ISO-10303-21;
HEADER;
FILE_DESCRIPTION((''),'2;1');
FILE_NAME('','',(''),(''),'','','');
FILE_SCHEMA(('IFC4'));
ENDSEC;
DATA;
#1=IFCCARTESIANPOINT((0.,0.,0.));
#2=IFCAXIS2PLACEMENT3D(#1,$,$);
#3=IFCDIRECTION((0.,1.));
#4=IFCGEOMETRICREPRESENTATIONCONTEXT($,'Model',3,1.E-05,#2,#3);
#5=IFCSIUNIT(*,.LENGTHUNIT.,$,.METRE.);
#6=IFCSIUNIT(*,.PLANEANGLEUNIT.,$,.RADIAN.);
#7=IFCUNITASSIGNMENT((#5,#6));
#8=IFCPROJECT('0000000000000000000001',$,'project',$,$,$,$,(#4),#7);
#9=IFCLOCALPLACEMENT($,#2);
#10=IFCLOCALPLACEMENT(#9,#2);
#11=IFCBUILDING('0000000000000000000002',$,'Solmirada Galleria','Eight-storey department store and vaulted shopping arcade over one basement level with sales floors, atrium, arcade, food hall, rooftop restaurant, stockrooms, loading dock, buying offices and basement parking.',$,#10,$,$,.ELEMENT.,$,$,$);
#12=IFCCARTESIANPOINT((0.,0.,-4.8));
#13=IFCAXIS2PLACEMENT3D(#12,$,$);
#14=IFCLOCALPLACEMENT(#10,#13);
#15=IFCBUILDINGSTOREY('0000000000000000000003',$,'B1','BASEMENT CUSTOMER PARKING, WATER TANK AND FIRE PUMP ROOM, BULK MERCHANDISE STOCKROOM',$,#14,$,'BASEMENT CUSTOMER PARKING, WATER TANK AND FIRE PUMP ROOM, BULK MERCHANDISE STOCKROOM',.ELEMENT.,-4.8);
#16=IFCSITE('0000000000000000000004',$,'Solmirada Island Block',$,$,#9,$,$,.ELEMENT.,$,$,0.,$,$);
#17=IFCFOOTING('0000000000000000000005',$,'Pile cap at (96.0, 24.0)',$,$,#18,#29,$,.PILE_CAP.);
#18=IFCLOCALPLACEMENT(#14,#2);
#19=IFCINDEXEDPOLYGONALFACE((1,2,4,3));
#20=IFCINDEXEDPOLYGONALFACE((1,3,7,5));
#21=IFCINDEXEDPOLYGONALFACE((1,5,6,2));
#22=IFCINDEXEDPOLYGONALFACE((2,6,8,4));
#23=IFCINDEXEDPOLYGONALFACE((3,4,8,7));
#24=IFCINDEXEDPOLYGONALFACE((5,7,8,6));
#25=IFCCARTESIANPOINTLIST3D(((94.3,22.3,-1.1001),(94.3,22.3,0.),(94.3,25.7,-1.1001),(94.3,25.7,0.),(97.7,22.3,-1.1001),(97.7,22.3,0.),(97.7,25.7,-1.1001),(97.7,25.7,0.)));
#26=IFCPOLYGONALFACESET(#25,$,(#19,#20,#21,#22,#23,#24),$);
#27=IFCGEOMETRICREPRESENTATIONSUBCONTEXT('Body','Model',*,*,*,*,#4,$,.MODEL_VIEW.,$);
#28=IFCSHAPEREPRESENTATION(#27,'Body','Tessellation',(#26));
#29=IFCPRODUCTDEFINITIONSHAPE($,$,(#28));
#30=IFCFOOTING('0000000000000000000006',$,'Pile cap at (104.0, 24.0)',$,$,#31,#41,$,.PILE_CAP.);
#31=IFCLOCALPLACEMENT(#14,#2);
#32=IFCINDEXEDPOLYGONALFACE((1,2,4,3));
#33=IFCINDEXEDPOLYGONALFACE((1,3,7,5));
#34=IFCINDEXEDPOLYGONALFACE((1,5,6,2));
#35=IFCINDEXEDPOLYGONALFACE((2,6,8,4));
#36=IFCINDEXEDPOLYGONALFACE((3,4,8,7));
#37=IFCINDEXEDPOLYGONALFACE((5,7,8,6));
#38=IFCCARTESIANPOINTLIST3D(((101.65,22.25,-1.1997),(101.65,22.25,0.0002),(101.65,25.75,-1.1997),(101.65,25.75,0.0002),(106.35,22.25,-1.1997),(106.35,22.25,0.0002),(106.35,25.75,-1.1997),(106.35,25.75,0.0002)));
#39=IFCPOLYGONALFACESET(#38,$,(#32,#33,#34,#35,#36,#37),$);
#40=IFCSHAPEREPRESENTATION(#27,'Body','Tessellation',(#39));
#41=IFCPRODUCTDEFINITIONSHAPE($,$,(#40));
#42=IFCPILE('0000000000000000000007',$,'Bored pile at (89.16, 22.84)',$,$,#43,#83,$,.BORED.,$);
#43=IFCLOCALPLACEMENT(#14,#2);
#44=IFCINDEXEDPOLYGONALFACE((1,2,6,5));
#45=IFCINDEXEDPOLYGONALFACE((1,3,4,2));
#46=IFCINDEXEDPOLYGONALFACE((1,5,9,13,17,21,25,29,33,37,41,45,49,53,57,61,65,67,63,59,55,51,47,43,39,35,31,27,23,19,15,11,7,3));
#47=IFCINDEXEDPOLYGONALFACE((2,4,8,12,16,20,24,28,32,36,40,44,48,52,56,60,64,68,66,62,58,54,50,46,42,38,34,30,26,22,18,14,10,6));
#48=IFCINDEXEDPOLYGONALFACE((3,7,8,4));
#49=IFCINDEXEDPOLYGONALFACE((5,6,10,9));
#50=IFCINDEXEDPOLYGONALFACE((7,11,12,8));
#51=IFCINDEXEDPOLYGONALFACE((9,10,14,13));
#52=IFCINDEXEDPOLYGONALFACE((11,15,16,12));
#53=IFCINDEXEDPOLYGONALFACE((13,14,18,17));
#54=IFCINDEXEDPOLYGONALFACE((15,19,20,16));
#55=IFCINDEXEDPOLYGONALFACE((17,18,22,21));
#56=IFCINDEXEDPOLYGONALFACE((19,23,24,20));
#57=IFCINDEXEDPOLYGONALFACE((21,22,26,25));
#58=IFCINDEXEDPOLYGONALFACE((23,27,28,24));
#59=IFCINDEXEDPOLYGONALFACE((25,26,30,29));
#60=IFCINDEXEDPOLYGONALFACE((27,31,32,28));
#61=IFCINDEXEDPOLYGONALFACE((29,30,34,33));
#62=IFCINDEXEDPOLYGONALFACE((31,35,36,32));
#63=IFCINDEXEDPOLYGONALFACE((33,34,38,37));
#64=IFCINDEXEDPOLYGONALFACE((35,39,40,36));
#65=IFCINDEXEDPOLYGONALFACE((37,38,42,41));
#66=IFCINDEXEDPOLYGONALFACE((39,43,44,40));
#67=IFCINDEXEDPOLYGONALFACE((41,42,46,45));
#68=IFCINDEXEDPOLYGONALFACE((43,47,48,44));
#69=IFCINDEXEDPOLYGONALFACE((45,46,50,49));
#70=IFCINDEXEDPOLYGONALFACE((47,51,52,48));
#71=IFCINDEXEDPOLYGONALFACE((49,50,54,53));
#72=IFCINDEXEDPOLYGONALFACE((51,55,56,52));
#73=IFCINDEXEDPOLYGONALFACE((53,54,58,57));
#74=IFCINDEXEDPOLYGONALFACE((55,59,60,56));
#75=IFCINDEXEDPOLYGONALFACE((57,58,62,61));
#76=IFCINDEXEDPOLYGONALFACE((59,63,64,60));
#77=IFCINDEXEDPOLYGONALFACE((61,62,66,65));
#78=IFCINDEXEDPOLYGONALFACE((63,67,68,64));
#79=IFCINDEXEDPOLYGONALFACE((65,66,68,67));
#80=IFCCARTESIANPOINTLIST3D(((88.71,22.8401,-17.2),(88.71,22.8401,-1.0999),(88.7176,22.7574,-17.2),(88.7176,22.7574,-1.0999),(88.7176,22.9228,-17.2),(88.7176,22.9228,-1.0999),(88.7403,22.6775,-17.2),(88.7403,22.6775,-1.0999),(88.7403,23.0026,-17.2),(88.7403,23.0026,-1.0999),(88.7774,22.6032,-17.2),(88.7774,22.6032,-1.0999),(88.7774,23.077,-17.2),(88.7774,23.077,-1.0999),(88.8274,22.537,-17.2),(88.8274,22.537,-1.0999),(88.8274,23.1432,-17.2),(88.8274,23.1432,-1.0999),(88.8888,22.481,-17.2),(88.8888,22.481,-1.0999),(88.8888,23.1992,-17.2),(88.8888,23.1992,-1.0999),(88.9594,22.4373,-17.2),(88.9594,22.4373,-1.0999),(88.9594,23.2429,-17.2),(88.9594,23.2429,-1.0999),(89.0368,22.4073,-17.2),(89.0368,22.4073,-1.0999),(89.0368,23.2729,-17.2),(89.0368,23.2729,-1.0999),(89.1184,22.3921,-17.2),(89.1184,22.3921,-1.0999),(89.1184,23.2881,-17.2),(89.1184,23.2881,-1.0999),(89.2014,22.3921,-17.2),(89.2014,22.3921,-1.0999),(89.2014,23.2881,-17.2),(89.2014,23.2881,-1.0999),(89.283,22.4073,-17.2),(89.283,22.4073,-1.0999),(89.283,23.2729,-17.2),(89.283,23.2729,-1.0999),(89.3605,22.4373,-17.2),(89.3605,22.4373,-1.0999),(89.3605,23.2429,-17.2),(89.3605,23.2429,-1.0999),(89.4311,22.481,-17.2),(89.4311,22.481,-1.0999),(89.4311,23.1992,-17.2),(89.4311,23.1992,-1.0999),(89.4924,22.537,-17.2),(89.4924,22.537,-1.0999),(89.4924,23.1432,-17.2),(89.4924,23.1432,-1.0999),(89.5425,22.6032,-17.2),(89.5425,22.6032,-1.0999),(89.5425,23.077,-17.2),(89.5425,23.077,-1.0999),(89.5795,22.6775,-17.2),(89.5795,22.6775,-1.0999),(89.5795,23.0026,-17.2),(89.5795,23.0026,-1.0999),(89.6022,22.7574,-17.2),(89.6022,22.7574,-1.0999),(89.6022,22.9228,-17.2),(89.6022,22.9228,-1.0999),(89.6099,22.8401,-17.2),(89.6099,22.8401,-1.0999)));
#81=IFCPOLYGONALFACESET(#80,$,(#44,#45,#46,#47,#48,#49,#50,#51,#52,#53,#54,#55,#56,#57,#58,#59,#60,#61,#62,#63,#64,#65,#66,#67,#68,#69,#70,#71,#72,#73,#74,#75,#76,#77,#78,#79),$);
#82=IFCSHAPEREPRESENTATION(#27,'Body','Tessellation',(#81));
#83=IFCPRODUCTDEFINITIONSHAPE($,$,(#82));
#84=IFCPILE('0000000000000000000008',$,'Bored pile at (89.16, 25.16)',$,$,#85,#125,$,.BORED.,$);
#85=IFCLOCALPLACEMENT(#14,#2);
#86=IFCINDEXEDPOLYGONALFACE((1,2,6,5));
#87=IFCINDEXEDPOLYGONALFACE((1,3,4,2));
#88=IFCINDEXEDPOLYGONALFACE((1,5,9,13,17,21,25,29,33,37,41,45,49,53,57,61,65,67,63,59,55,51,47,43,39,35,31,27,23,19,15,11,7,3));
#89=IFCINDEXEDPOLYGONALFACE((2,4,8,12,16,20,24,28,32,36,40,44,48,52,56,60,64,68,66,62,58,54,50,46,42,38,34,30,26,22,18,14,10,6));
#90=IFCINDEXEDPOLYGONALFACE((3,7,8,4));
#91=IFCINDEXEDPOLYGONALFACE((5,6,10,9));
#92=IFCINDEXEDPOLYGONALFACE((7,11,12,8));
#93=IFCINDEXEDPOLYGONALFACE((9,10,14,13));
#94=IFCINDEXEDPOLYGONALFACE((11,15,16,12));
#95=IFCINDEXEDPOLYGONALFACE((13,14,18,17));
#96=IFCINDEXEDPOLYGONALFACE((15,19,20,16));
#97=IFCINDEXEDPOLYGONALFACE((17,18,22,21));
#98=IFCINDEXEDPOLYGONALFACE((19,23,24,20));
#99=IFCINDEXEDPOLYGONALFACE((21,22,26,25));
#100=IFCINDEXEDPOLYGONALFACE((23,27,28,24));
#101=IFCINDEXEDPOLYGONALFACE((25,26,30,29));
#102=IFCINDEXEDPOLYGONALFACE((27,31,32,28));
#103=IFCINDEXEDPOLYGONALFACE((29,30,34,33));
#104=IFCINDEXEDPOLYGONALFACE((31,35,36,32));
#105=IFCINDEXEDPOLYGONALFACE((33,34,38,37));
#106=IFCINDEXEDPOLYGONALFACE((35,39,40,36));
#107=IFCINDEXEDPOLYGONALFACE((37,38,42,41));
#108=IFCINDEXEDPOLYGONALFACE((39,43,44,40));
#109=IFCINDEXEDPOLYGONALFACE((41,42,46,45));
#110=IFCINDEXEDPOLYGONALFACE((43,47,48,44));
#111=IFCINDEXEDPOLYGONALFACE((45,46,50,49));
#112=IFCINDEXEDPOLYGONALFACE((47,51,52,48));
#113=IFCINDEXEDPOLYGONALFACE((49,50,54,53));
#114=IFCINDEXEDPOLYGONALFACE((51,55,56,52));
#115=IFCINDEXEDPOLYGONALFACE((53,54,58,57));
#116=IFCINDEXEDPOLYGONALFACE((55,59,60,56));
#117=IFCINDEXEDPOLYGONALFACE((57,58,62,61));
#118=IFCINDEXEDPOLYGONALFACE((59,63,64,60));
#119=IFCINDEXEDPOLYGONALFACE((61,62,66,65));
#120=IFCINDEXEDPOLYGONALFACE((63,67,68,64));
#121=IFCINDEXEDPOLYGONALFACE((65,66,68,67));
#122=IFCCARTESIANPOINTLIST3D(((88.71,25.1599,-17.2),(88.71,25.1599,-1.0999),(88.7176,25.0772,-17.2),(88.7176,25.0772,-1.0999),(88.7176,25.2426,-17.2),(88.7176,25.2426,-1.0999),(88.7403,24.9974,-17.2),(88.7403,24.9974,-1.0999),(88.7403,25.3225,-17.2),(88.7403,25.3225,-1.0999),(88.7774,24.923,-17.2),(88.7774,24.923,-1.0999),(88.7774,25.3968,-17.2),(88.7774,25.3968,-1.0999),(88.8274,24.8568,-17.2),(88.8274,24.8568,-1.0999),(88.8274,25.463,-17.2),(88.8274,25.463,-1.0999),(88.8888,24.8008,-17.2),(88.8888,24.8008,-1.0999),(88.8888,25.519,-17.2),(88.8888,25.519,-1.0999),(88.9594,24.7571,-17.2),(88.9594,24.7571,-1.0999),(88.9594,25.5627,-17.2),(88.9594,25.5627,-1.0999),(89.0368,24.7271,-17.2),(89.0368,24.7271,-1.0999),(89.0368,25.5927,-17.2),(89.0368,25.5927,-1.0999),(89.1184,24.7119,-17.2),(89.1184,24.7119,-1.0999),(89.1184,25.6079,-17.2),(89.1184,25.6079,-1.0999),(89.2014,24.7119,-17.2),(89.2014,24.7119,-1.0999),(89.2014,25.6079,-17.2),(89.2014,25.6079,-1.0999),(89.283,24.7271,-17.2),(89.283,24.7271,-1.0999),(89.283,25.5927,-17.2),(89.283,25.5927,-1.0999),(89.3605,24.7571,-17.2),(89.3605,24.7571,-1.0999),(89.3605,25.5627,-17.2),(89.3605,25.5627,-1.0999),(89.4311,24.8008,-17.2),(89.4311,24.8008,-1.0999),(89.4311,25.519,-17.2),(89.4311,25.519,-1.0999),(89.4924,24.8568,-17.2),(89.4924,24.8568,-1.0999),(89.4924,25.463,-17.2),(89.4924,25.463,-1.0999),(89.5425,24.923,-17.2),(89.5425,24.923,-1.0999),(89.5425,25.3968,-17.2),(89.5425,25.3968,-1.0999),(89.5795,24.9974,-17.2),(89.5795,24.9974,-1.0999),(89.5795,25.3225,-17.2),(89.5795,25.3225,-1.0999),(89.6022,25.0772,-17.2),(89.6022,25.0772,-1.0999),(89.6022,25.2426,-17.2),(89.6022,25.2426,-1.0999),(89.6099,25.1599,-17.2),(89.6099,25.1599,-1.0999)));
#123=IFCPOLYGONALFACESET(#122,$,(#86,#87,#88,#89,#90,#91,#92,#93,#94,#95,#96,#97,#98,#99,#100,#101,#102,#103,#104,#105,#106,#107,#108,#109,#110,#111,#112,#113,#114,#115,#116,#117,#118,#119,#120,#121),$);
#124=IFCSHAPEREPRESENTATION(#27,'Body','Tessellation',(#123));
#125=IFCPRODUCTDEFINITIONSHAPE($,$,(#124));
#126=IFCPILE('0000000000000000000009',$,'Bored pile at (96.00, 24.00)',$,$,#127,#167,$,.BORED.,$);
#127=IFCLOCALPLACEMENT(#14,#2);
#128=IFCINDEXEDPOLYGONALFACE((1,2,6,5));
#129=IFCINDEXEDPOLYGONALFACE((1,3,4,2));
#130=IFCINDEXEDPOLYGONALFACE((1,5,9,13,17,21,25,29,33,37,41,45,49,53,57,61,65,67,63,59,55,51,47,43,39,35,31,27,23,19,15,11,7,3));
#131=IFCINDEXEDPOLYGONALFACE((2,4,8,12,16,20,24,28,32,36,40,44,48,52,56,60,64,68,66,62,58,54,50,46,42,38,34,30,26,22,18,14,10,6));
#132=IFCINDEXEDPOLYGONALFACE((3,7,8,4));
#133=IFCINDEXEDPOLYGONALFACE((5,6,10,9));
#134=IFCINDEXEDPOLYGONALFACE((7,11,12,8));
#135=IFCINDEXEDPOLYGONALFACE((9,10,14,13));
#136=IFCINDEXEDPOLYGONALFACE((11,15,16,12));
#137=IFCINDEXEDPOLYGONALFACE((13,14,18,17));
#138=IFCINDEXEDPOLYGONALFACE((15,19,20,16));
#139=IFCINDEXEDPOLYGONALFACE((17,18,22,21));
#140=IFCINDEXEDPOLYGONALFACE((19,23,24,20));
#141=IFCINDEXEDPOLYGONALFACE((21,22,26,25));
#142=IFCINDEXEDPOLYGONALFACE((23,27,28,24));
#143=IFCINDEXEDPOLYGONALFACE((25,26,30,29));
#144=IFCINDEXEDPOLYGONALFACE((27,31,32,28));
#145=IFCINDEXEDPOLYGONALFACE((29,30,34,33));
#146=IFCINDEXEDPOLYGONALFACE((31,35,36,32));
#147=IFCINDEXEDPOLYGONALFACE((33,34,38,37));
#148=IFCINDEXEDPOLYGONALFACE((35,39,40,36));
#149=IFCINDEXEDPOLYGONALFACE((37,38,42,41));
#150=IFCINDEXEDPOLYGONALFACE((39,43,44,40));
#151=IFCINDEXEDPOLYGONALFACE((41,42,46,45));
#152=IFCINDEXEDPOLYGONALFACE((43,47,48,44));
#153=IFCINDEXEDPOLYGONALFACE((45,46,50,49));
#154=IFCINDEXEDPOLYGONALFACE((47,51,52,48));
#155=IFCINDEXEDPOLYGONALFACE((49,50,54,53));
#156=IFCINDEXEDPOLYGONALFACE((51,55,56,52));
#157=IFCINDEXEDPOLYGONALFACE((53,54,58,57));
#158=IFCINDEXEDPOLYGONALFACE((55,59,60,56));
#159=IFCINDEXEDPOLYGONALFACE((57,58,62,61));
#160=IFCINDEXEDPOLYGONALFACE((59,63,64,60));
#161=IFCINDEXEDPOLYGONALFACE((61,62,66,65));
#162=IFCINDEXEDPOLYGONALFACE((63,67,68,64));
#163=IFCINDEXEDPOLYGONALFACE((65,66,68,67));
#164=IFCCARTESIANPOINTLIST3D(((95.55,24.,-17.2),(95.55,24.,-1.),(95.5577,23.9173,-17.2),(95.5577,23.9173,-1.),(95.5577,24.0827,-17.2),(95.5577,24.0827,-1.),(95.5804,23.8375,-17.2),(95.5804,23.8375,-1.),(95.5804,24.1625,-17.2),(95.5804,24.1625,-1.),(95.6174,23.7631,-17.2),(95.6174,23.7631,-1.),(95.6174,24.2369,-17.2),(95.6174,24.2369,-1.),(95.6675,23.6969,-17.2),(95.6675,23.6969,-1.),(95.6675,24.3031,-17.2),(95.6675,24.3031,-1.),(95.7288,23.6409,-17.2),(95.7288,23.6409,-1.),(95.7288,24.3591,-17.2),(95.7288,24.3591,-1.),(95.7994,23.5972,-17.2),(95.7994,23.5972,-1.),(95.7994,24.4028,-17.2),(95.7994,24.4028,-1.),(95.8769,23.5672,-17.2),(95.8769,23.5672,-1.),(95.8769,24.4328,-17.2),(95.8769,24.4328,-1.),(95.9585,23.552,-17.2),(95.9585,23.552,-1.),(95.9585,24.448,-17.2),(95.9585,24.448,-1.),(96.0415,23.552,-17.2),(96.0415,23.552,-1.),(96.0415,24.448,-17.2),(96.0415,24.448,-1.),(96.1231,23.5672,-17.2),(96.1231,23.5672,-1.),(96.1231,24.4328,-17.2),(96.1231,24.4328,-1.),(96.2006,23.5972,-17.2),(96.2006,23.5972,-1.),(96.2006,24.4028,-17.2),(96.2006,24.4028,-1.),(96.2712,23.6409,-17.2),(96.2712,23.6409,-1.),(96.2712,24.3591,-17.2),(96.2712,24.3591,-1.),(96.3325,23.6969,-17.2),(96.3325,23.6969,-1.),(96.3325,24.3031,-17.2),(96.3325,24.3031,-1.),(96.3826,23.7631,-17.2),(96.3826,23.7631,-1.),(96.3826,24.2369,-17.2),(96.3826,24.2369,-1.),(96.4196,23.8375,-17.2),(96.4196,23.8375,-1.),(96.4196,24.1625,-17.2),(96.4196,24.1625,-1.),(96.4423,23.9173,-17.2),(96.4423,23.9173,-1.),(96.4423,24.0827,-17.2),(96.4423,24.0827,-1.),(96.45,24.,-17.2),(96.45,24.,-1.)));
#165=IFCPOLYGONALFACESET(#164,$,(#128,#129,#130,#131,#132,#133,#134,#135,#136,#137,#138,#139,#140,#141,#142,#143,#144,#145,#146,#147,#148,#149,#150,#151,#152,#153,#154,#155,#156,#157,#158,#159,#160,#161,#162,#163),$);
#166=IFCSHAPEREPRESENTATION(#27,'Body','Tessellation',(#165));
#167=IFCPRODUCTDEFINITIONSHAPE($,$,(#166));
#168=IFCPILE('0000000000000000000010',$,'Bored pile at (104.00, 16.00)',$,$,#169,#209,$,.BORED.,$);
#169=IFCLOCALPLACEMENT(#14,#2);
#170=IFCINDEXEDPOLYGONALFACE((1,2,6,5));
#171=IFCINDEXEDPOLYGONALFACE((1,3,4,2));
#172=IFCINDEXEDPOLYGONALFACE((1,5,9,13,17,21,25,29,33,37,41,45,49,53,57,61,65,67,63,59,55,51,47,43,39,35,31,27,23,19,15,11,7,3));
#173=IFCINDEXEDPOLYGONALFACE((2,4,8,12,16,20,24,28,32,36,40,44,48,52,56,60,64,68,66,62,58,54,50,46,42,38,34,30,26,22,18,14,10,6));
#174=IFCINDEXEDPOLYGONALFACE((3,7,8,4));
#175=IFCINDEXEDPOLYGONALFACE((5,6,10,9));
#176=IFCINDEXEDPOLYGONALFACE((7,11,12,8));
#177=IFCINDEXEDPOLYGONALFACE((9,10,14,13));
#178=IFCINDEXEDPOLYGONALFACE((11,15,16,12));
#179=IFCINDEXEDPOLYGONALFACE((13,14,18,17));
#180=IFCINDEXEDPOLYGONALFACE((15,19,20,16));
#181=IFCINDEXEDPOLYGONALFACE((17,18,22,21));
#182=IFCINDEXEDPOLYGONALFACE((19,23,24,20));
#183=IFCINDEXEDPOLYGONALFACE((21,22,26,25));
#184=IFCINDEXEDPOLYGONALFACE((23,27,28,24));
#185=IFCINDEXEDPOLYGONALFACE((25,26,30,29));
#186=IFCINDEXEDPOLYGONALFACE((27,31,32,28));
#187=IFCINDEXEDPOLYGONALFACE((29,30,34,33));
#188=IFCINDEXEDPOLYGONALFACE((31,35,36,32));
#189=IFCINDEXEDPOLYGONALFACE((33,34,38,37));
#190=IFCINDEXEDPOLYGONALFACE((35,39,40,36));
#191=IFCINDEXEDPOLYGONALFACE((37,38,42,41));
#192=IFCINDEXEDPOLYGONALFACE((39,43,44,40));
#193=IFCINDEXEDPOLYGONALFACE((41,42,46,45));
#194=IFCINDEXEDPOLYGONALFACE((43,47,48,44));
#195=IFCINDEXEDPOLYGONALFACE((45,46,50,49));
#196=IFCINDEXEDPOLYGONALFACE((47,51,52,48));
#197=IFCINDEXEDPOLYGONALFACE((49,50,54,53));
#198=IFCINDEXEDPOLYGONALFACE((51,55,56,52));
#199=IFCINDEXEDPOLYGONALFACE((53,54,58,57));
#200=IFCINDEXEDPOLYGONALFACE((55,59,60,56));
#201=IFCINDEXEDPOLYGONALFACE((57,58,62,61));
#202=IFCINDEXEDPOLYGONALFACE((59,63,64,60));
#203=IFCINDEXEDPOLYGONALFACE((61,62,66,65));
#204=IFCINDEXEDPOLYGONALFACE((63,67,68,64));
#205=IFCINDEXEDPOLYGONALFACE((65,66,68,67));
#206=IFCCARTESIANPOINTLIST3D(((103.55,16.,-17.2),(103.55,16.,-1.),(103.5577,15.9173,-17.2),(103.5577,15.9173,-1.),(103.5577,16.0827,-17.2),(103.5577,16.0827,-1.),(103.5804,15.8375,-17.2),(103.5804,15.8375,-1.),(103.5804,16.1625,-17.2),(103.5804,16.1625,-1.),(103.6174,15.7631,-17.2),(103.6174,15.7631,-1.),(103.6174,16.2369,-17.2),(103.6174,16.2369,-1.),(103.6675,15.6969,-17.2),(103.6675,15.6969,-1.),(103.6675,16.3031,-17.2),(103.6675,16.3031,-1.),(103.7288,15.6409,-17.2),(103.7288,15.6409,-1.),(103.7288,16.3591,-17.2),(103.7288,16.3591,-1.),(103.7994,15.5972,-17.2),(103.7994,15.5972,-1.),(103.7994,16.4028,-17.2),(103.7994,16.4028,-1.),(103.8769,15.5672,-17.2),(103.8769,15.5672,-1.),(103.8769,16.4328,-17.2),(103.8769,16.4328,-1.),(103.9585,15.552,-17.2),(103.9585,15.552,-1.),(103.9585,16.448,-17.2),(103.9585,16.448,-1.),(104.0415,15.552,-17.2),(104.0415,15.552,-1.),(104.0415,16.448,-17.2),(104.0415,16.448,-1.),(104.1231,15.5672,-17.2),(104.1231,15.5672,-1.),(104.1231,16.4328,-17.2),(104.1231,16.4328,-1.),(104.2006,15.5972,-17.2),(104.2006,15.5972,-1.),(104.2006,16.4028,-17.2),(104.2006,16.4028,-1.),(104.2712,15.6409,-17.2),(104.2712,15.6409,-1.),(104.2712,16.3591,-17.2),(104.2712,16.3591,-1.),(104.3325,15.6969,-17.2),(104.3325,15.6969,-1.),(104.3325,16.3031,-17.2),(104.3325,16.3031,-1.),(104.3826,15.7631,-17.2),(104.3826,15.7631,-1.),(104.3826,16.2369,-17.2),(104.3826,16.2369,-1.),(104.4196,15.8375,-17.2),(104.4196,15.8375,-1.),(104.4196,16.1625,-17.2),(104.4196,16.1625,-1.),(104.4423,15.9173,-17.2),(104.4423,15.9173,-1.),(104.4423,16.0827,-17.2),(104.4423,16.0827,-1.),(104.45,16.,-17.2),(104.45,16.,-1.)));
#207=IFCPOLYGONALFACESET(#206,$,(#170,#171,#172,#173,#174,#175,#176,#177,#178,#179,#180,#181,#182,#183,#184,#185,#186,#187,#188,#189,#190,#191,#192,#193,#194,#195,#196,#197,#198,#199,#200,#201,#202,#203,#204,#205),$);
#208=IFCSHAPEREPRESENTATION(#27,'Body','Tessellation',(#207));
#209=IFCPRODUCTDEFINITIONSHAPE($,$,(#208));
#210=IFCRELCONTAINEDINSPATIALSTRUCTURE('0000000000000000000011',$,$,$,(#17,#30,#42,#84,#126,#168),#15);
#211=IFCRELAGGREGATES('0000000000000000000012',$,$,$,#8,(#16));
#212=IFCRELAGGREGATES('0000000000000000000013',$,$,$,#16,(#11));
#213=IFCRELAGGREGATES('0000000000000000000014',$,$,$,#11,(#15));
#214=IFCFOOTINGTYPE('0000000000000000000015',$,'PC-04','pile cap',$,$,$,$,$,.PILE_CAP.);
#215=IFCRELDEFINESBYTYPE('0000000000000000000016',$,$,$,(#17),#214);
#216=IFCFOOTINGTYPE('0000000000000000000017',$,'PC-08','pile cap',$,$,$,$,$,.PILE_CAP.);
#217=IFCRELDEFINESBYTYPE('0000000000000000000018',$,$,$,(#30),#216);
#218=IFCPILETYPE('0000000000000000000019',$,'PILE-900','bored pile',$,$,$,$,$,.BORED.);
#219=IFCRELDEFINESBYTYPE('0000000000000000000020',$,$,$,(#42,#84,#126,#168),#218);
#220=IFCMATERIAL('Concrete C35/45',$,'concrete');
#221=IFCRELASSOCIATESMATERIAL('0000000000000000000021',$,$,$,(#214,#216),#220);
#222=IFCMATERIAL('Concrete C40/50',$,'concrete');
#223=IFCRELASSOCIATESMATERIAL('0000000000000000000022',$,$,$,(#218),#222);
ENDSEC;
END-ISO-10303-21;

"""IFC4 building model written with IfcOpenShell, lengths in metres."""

from ifc_helpers import new_model, si_unit, direction, frame, origin, origin_2d, place, context, subcontext, project, spatial, rectangle, circle, extrude, material, material_profile, profile_set, type_object, element, save


model = new_model("IFC4")

# Units and contexts
model_context = context("Model", 3, precision=1e-05, world=origin(), true_north=direction((0.0, 1.0)))
body_context = subcontext(model_context, "Body", "Model", "MODEL_VIEW")
ifc_project = project(units=[si_unit("LENGTHUNIT", "METRE"), si_unit("PLANEANGLEUNIT", "RADIAN")], contexts=[model_context])

# Site, building, storey
site_placement = place(None, origin())
site = spatial("IfcSite", under=ifc_project, at=site_placement, Name="Solmirada Island Block", CompositionType="ELEMENT", RefElevation=0.0)
building_placement = place(site_placement, origin())
building = spatial("IfcBuilding", under=site, at=building_placement, Name="Solmirada Galleria", Description="Eight-storey department store and vaulted shopping arcade over one basement level with sales floors, atrium, arcade, food hall, rooftop restaurant, stockrooms, loading dock, buying offices and basement parking.", CompositionType="ELEMENT")
storey_placement = place(building_placement, frame((0.0, 0.0, -4.8)))
storey = spatial("IfcBuildingStorey", under=building, at=storey_placement, Name="B1", Description="BASEMENT CUSTOMER PARKING, WATER TANK AND FIRE PUMP ROOM, BULK MERCHANDISE STOCKROOM", LongName="BASEMENT CUSTOMER PARKING, WATER TANK AND FIRE PUMP ROOM, BULK MERCHANDISE STOCKROOM", CompositionType="ELEMENT", Elevation=-4.8)

# Footings
ifc_material_1 = material(Name="Concrete C35/45", Category="concrete")
footing_type_1 = type_object("IfcFootingType", Name="PC-04", Description="pile cap", PredefinedType="PILE_CAP", material=ifc_material_1)
footing_1_placement = place(storey_placement, frame((96.0, 24.0, -1.1001), z_axis=(0.0, 0.0, 1.0), x_axis=(1.0, 0.0, 0.0)))
element("IfcFooting", 1, at=footing_1_placement, inside=storey, type_object=footing_type_1, Name="Pile cap at (96.0, 24.0)", PredefinedType="PILE_CAP", context=body_context, shape_type="SweptSolid", body=[
    extrude(rectangle(XDim=3.3999, YDim=3.3999, at=origin_2d()), origin(), (0.0, 0.0, 1.0), 1.1001),
])
footing_type_2 = type_object("IfcFootingType", Name="PC-08", Description="pile cap", PredefinedType="PILE_CAP", material=ifc_material_1)
footing_2_placement = place(storey_placement, frame((104.0, 24.0, -1.1997), z_axis=(0.0, 0.0, 1.0), x_axis=(1.0, 0.0, 0.0)))
element("IfcFooting", 2, at=footing_2_placement, inside=storey, type_object=footing_type_2, Name="Pile cap at (104.0, 24.0)", PredefinedType="PILE_CAP", context=body_context, shape_type="SweptSolid", body=[
    extrude(rectangle(XDim=4.7, YDim=3.5, at=origin_2d()), origin(), (0.0, 0.0, 1.0), 1.2),
])

# Piles
ifc_material_2 = material(Name="Concrete C40/50", Category="concrete")
ifc_material_profile_1 = material_profile(ifc_material_2, circle(Radius=0.45, at=origin_2d()), Name="PILE900")
ifc_profile_set_1 = profile_set([ifc_material_profile_1], Name="Concrete C40/50")
pile_type = type_object("IfcPileType", Name="PILE-900", Description="bored pile", PredefinedType="BORED", material=ifc_profile_set_1)
for number, where, z_axis, x_axis, name in (
    (3, (89.1599, 22.8401, -1.0999), (0.0, 0.0, -1.0), (1.0, 0.0, 0.0), "Bored pile at (89.16, 22.84)"),
    (4, (89.1599, 25.1599, -1.0999), (0.0, 0.0, -1.0), (1.0, 0.0, 0.0), "Bored pile at (89.16, 25.16)"),
):
    element("IfcPile", number, at=place(storey_placement, frame(where, z_axis=z_axis, x_axis=x_axis)), inside=storey, type_object=pile_type, Name=name, PredefinedType="BORED", context=body_context, shape_type="SweptSolid", body=[
        extrude(circle(Radius=0.45, at=origin_2d()), origin(), (0.0, 0.0, 1.0), 16.1001),
    ])
for number, where, z_axis, x_axis, name in (
    (5, (96.0, 24.0, -1.0), (0.0, 0.0, -1.0), (1.0, 0.0, 0.0), "Bored pile at (96.00, 24.00)"),
    (6, (104.0, 16.0, -1.0), (0.0, 0.0, -1.0), (1.0, 0.0, 0.0), "Bored pile at (104.00, 16.00)"),
):
    element("IfcPile", number, at=place(storey_placement, frame(where, z_axis=z_axis, x_axis=x_axis)), inside=storey, type_object=pile_type, Name=name, PredefinedType="BORED", context=body_context, shape_type="SweptSolid", body=[
        extrude(circle(Radius=0.45, at=origin_2d()), origin(), (0.0, 0.0, 1.0), 16.2),
    ])

save(model, "model.ifc")
